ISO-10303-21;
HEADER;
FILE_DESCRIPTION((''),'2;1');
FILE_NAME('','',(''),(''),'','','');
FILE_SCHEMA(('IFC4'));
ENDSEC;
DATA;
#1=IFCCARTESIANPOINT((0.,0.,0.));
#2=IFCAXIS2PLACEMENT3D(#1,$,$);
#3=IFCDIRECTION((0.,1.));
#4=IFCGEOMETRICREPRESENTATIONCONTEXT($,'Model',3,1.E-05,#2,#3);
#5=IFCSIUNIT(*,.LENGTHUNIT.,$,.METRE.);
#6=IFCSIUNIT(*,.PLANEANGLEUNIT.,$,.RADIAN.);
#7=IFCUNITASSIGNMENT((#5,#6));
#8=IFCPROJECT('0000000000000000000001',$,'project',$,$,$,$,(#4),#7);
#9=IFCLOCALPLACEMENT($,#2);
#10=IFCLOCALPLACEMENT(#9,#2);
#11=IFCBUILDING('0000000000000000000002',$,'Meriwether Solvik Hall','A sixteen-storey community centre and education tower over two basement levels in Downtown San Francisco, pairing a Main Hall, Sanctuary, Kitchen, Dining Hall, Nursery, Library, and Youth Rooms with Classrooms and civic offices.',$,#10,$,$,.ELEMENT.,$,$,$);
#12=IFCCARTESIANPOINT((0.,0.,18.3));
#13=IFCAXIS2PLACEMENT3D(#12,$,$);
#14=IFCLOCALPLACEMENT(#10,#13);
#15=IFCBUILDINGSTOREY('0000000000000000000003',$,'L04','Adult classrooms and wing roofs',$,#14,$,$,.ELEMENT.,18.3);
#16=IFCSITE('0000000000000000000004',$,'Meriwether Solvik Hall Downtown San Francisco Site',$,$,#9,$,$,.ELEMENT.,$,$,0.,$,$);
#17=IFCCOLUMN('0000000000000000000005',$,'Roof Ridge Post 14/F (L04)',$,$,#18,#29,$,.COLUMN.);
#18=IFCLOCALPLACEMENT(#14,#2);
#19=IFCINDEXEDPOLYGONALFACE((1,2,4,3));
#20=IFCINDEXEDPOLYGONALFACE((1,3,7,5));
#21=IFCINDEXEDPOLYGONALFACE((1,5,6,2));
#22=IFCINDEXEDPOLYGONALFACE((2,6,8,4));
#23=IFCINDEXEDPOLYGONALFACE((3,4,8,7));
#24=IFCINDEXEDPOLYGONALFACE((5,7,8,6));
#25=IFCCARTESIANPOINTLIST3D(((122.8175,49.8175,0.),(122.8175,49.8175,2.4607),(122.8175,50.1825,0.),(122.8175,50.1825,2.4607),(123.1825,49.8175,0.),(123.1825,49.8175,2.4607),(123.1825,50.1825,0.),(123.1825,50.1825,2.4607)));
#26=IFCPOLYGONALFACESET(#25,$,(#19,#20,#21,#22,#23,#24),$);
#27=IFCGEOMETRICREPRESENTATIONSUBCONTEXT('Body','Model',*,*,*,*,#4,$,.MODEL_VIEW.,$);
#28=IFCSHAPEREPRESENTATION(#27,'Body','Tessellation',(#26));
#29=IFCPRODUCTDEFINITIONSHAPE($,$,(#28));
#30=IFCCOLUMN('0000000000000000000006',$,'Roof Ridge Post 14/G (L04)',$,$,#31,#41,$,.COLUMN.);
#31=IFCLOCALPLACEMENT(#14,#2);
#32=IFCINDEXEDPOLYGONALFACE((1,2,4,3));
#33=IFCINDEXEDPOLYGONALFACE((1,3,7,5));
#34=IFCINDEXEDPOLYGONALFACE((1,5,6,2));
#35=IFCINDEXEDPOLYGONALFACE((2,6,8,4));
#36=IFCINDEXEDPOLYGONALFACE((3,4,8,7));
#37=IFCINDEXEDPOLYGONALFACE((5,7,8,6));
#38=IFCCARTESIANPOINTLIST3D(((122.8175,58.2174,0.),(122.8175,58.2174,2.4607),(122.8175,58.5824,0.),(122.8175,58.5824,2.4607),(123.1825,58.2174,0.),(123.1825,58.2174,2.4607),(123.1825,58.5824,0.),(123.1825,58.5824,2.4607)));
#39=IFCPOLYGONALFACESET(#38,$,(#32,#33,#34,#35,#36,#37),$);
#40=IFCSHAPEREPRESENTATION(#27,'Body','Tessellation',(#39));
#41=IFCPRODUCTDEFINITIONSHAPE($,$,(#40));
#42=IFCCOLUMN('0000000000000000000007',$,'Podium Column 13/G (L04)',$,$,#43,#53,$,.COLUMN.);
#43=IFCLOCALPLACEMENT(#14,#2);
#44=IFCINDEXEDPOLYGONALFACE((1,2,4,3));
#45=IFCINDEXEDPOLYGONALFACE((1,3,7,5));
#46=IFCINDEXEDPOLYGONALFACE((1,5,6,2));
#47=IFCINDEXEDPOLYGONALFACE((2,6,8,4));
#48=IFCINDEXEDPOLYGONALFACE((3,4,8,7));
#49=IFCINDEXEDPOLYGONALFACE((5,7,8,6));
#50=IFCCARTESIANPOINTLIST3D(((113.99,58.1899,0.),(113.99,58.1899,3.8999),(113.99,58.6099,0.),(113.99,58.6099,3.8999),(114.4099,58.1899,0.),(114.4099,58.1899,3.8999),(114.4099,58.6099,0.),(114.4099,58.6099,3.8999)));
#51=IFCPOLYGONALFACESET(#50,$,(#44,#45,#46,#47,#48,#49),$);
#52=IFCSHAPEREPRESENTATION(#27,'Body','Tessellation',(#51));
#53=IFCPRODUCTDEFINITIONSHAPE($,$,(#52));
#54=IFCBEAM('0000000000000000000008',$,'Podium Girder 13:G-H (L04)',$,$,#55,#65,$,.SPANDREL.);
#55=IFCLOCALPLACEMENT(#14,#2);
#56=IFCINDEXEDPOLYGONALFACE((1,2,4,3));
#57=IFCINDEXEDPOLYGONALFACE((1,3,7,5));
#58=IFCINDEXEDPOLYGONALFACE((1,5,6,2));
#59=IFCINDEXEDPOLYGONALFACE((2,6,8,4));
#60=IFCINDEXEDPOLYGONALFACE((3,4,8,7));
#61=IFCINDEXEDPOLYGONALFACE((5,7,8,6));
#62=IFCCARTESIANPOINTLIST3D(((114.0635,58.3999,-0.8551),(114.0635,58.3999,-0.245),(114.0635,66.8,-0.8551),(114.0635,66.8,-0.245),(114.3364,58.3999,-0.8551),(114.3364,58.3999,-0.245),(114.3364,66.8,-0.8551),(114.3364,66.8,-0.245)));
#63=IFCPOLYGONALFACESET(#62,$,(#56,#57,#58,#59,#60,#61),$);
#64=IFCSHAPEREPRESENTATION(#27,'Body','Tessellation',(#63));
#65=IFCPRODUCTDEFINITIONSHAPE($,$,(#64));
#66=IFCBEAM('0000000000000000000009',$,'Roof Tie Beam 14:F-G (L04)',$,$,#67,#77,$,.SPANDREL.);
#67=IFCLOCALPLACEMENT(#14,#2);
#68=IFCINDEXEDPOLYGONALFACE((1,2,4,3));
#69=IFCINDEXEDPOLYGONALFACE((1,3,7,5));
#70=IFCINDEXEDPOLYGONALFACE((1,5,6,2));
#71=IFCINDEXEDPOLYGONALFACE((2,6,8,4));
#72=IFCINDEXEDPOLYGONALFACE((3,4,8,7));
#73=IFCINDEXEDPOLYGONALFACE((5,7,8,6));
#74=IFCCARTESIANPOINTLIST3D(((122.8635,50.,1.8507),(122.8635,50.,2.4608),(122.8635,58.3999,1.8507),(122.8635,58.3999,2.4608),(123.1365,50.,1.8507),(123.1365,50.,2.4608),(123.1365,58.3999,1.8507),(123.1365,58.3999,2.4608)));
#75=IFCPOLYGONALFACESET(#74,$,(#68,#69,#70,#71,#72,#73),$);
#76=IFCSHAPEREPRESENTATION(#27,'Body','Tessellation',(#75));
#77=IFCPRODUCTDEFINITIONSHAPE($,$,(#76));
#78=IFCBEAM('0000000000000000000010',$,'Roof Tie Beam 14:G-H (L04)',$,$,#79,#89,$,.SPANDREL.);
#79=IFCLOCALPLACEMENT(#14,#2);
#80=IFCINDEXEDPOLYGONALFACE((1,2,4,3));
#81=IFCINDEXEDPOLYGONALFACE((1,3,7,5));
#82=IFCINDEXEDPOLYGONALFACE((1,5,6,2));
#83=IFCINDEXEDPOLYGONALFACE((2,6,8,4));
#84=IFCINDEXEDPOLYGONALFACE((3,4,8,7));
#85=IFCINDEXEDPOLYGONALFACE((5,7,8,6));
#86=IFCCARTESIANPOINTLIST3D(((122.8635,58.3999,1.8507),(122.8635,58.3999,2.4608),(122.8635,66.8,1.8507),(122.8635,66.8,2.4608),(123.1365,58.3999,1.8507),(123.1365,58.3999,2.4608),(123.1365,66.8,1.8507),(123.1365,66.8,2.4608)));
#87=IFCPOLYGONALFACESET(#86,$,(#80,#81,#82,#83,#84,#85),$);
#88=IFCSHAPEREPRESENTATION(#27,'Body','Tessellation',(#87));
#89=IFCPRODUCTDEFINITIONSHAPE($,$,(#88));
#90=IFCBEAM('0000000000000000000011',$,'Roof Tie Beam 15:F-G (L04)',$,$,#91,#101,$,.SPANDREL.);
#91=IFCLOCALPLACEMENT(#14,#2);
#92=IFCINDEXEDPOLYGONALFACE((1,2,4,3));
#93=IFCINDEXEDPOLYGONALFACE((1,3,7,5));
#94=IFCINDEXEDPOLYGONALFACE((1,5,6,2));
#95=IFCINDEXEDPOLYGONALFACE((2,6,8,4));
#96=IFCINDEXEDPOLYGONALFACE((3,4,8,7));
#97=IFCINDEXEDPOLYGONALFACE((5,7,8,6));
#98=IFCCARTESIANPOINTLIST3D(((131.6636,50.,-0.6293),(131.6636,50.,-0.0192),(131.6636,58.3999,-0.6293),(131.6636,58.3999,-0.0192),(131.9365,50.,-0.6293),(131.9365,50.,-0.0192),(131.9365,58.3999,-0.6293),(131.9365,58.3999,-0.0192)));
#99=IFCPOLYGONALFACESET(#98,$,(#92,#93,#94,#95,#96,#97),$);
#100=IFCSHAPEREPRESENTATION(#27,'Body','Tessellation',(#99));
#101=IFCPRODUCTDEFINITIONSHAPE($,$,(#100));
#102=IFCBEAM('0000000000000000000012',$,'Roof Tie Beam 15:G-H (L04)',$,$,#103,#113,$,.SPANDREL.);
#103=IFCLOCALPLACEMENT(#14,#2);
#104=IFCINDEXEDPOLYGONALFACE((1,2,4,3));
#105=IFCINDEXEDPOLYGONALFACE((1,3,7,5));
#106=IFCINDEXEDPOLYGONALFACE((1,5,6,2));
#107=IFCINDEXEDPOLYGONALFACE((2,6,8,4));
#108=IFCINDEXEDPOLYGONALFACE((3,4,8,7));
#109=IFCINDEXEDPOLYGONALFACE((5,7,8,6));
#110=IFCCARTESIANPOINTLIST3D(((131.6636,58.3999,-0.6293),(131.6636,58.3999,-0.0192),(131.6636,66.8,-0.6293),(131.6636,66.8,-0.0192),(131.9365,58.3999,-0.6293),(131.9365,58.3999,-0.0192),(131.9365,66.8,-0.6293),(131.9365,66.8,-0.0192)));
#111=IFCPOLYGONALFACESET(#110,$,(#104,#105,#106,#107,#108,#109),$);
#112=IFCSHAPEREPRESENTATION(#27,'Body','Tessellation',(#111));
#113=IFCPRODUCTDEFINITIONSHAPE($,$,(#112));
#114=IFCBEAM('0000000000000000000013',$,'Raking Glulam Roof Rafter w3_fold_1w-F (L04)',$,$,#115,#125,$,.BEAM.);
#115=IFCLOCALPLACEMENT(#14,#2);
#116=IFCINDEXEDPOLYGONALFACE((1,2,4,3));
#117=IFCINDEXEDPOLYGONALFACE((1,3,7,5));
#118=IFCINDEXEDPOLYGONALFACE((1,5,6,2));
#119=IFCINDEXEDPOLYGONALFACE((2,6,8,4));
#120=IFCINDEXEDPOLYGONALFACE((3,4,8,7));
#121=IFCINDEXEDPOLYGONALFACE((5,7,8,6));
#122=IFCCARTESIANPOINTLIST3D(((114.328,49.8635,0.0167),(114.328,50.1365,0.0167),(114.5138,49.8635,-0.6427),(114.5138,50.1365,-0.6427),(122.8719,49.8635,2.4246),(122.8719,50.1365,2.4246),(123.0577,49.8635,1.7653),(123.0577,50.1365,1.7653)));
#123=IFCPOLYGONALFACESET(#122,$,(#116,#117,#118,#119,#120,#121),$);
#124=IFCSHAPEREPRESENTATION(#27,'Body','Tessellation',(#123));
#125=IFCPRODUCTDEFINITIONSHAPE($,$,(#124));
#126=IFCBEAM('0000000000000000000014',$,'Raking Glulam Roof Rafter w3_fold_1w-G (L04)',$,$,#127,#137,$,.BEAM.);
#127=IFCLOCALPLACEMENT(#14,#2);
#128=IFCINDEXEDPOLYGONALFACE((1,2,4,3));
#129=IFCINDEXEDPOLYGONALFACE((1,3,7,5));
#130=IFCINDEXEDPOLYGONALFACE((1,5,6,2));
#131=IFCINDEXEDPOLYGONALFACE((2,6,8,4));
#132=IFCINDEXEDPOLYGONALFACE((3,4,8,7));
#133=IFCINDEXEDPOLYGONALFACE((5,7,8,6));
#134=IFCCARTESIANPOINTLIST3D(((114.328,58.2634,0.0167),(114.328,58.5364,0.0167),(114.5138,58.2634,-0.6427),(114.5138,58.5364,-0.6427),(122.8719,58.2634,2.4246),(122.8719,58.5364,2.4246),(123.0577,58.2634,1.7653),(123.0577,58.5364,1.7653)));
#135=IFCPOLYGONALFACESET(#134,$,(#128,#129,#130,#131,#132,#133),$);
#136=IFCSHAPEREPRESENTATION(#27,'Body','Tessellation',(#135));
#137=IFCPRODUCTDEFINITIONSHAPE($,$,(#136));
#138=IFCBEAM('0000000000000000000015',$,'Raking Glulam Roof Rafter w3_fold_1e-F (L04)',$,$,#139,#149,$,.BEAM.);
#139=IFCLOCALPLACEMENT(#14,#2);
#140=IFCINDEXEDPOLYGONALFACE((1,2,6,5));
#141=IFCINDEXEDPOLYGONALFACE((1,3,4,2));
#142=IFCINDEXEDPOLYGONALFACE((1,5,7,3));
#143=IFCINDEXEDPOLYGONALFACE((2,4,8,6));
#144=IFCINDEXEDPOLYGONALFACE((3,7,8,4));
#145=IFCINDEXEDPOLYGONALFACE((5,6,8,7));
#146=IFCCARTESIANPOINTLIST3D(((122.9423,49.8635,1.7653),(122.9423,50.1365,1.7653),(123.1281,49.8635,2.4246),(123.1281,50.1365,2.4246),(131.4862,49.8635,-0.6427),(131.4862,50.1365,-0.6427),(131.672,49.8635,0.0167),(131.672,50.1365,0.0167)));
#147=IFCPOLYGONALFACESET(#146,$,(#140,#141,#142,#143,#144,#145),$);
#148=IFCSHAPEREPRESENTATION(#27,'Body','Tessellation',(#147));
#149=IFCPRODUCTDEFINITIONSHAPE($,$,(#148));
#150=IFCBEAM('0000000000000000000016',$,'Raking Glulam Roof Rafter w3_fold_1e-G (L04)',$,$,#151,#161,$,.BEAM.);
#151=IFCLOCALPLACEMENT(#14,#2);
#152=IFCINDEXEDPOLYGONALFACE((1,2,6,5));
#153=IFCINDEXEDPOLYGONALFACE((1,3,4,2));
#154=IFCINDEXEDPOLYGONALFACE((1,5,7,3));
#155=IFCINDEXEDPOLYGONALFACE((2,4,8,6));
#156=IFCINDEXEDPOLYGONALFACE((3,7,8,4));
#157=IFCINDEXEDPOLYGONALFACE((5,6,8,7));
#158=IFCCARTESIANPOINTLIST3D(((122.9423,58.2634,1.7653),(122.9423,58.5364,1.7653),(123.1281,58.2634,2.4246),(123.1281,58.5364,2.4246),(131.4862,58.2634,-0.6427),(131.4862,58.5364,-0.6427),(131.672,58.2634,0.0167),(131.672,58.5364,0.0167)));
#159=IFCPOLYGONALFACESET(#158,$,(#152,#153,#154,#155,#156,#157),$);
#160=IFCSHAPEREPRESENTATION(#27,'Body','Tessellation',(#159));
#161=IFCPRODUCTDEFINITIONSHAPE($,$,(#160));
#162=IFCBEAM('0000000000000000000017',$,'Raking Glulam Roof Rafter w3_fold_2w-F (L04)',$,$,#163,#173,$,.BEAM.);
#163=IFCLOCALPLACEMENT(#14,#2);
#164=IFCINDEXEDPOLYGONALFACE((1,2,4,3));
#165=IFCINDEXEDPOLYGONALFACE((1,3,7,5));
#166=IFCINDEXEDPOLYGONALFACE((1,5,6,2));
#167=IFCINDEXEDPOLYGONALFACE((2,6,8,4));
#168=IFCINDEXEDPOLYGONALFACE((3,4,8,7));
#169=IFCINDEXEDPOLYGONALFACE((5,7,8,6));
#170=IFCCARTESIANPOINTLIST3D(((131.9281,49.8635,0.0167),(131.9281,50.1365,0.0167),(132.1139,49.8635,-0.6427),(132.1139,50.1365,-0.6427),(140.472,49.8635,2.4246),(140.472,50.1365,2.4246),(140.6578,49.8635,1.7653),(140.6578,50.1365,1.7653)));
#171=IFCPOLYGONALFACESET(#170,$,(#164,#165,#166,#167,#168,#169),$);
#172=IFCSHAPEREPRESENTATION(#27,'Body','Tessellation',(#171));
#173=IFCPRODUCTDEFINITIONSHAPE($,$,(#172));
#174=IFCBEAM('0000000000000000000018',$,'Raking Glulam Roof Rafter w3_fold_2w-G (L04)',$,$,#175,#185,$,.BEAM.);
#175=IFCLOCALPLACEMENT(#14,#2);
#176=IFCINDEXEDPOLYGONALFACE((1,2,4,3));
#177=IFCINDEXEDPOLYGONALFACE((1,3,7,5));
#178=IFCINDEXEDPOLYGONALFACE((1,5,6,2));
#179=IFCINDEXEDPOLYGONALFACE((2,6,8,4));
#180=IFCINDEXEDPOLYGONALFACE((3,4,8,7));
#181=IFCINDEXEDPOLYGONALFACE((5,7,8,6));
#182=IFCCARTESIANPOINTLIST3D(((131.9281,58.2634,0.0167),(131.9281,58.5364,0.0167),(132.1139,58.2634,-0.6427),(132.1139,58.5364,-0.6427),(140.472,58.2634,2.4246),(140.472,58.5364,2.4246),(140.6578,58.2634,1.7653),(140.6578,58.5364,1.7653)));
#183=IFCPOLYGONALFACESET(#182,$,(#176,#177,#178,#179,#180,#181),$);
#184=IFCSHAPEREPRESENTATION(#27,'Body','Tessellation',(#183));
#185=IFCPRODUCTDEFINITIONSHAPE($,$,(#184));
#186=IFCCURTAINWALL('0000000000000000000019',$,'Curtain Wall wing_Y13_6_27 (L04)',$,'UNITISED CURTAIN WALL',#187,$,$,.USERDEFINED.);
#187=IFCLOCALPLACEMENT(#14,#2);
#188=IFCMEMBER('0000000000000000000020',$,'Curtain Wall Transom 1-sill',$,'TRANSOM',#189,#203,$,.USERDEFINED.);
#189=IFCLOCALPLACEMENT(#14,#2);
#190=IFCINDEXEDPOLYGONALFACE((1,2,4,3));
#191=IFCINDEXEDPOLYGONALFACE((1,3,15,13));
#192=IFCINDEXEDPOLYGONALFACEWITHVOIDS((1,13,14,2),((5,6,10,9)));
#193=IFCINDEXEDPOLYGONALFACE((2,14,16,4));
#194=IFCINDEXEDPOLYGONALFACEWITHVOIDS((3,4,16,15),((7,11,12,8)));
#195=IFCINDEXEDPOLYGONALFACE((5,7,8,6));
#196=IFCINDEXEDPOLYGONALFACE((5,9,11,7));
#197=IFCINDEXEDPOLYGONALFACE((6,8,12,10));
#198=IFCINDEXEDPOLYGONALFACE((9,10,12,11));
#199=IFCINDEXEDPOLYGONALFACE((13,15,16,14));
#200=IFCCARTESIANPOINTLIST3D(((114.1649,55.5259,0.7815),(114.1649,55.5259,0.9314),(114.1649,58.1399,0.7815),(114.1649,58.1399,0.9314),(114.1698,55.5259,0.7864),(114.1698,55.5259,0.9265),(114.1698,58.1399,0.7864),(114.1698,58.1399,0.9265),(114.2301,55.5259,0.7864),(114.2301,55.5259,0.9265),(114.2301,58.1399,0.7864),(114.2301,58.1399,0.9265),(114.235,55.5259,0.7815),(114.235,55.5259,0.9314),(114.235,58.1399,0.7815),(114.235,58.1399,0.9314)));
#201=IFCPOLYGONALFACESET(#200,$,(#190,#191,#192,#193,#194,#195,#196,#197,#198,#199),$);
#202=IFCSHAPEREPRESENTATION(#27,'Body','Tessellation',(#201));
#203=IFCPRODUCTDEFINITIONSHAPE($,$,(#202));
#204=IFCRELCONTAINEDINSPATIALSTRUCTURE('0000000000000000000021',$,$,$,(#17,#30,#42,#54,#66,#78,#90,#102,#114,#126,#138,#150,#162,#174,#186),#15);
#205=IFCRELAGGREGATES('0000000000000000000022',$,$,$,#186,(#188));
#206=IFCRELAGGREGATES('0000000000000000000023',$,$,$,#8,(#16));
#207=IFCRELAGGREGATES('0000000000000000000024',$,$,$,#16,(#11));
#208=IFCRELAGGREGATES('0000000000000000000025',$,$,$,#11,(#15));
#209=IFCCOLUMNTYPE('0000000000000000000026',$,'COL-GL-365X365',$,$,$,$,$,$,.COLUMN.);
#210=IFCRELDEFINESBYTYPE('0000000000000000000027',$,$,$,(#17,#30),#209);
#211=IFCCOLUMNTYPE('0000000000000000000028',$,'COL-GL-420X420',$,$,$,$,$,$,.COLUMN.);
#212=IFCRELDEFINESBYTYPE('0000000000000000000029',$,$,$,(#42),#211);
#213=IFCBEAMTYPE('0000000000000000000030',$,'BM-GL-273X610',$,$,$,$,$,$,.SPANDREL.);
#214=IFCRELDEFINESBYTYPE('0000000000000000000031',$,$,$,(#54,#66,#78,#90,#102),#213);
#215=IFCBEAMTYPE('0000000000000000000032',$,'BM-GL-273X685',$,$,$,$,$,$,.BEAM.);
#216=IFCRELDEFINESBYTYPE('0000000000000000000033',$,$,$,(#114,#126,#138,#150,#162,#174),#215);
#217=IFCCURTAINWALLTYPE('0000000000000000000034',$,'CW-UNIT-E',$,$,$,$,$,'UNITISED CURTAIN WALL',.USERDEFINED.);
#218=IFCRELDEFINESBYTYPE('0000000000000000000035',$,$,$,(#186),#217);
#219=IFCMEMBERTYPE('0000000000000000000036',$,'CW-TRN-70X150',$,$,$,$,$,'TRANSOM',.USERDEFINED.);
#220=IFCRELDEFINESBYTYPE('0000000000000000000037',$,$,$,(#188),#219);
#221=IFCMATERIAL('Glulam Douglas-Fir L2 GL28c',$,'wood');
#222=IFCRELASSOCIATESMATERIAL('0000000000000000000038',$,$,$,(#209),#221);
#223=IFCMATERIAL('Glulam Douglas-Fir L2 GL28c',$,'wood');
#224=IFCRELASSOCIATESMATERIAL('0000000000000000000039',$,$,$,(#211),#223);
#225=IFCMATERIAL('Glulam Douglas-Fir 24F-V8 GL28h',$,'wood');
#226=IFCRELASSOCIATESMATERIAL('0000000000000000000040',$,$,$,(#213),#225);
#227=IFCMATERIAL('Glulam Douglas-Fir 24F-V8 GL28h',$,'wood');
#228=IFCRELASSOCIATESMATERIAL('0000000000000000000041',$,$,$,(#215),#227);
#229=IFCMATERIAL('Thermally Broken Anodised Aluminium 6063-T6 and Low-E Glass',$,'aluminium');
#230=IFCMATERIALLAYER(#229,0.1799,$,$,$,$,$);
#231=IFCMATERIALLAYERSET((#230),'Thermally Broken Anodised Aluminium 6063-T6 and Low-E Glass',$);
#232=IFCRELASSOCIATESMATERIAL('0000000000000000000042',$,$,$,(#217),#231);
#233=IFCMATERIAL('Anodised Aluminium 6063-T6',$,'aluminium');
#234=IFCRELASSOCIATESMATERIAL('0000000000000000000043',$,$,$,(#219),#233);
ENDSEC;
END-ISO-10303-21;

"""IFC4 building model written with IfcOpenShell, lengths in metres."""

from ifc_helpers import new_model, si_unit, direction, frame, origin, origin_2d, place, context, subcontext, project, spatial, rectangle, hollow_rectangle, extrude, material, layer, layer_set, material_profile, profile_set, type_object, element, aggregate, save


model = new_model("IFC4")

# Units and contexts
model_context = context("Model", 3, precision=1e-05, world=origin(), true_north=direction((0.0, 1.0)))
body_context = subcontext(model_context, "Body", "Model", "MODEL_VIEW")
ifc_project = project(units=[si_unit("LENGTHUNIT", "METRE"), si_unit("PLANEANGLEUNIT", "RADIAN")], contexts=[model_context])

# Site, building, storey
site_placement = place(None, origin())
site = spatial("IfcSite", under=ifc_project, at=site_placement, Name="Meriwether Solvik Hall Downtown San Francisco Site", CompositionType="ELEMENT", RefElevation=0.0)
building_placement = place(site_placement, origin())
building = spatial("IfcBuilding", under=site, at=building_placement, Name="Meriwether Solvik Hall", Description="A sixteen-storey community centre and education tower over two basement levels in Downtown San Francisco, pairing a Main Hall, Sanctuary, Kitchen, Dining Hall, Nursery, Library, and Youth Rooms with Classrooms and civic offices.", CompositionType="ELEMENT")
storey_placement = place(building_placement, frame((0.0, 0.0, 18.3)))
storey = spatial("IfcBuildingStorey", under=building, at=storey_placement, Name="L04", Description="Adult classrooms and wing roofs", CompositionType="ELEMENT", Elevation=18.3)

# Columns
ifc_material_1 = material(Name="Glulam Douglas-Fir L2 GL28c", Category="wood")
ifc_material_profile_1 = material_profile(ifc_material_1, rectangle(XDim=0.365, YDim=0.365, at=origin_2d()), Name="GLC-365X365")
ifc_profile_set_1 = profile_set([ifc_material_profile_1], Name="Glulam Douglas-Fir L2 GL28c")
column_type_1 = type_object("IfcColumnType", Name="COL-GL-365X365", PredefinedType="COLUMN", material=ifc_profile_set_1)
for number, where, z_axis, x_axis, name in (
    (1, (123.0, 50.0, 0.0), (0.0, 0.0, 1.0), (1.0, 0.0, 0.0), "Roof Ridge Post 14/F (L04)"),
    (2, (123.0, 58.3999, 0.0), (0.0, 0.0, 1.0), (1.0, 0.0, 0.0), "Roof Ridge Post 14/G (L04)"),
):
    element("IfcColumn", number, at=place(storey_placement, frame(where, z_axis=z_axis, x_axis=x_axis)), inside=storey, type_object=column_type_1, Name=name, PredefinedType="COLUMN", context=body_context, shape_type="SweptSolid", body=[
        extrude(rectangle(XDim=0.365, YDim=0.365, at=origin_2d()), origin(), (0.0, 0.0, 1.0), 2.4607),
    ])
ifc_material_2 = material(Name="Glulam Douglas-Fir L2 GL28c", Category="wood")
ifc_material_profile_2 = material_profile(ifc_material_2, rectangle(XDim=0.4199, YDim=0.4199, at=origin_2d()), Name="GLC-420X420")
ifc_profile_set_2 = profile_set([ifc_material_profile_2], Name="Glulam Douglas-Fir L2 GL28c")
column_type_2 = type_object("IfcColumnType", Name="COL-GL-420X420", PredefinedType="COLUMN", material=ifc_profile_set_2)
column_placement = place(storey_placement, frame((114.2, 58.3999, 0.0), z_axis=(0.0, 0.0, 1.0), x_axis=(1.0, 0.0, 0.0)))
element("IfcColumn", 3, at=column_placement, inside=storey, type_object=column_type_2, Name="Podium Column 13/G (L04)", PredefinedType="COLUMN", context=body_context, shape_type="SweptSolid", body=[
    extrude(rectangle(XDim=0.4199, YDim=0.4199, at=origin_2d()), origin(), (0.0, 0.0, 1.0), 3.8999),
])

# Beams
ifc_material_3 = material(Name="Glulam Douglas-Fir 24F-V8 GL28h", Category="wood")
ifc_material_profile_3 = material_profile(ifc_material_3, rectangle(XDim=0.2729, YDim=0.6101, at=origin_2d()), Name="GLB-273X610")
ifc_profile_set_3 = profile_set([ifc_material_profile_3], Name="Glulam Douglas-Fir 24F-V8 GL28h")
beam_type_1 = type_object("IfcBeamType", Name="BM-GL-273X610", PredefinedType="SPANDREL", material=ifc_profile_set_3)
beam_1_placement = place(storey_placement, frame((114.2, 58.3999, -0.55), z_axis=(0.0, 1.0, 0.0), x_axis=(-1.0, 0.0, 0.0)))
element("IfcBeam", 4, at=beam_1_placement, inside=storey, type_object=beam_type_1, Name="Podium Girder 13:G-H (L04)", PredefinedType="SPANDREL", context=body_context, shape_type="SweptSolid", body=[
    extrude(rectangle(XDim=0.2729, YDim=0.6101, at=origin_2d()), origin(), (0.0, 0.0, 1.0), 8.4001),
])
beam_2_placement = place(storey_placement, frame((123.0, 50.0, 2.1558), z_axis=(0.0, 1.0, 0.0), x_axis=(-1.0, 0.0, 0.0)))
element("IfcBeam", 5, at=beam_2_placement, inside=storey, type_object=beam_type_1, Name="Roof Tie Beam 14:F-G (L04)", PredefinedType="SPANDREL", context=body_context, shape_type="SweptSolid", body=[
    extrude(rectangle(XDim=0.2729, YDim=0.6101, at=origin_2d()), origin(), (0.0, 0.0, 1.0), 8.3999),
])
beam_3_placement = place(storey_placement, frame((123.0, 58.3999, 2.1558), z_axis=(0.0, 1.0, 0.0), x_axis=(-1.0, 0.0, 0.0)))
element("IfcBeam", 6, at=beam_3_placement, inside=storey, type_object=beam_type_1, Name="Roof Tie Beam 14:G-H (L04)", PredefinedType="SPANDREL", context=body_context, shape_type="SweptSolid", body=[
    extrude(rectangle(XDim=0.2729, YDim=0.6101, at=origin_2d()), origin(), (0.0, 0.0, 1.0), 8.4001),
])
beam_4_placement = place(storey_placement, frame((131.8, 50.0, -0.3242), z_axis=(0.0, 1.0, 0.0), x_axis=(-1.0, 0.0, 0.0)))
element("IfcBeam", 7, at=beam_4_placement, inside=storey, type_object=beam_type_1, Name="Roof Tie Beam 15:F-G (L04)", PredefinedType="SPANDREL", context=body_context, shape_type="SweptSolid", body=[
    extrude(rectangle(XDim=0.2729, YDim=0.6101, at=origin_2d()), origin(), (0.0, 0.0, 1.0), 8.3999),
])
beam_5_placement = place(storey_placement, frame((131.8, 58.3999, -0.3242), z_axis=(0.0, 1.0, 0.0), x_axis=(-1.0, 0.0, 0.0)))
element("IfcBeam", 8, at=beam_5_placement, inside=storey, type_object=beam_type_1, Name="Roof Tie Beam 15:G-H (L04)", PredefinedType="SPANDREL", context=body_context, shape_type="SweptSolid", body=[
    extrude(rectangle(XDim=0.2729, YDim=0.6101, at=origin_2d()), origin(), (0.0, 0.0, 1.0), 8.4001),
])
ifc_material_4 = material(Name="Glulam Douglas-Fir 24F-V8 GL28h", Category="wood")
ifc_material_profile_4 = material_profile(ifc_material_4, rectangle(XDim=0.2729, YDim=0.6851, at=origin_2d()), Name="GLB-273X685")
ifc_profile_set_4 = profile_set([ifc_material_profile_4], Name="Glulam Douglas-Fir 24F-V8 GL28h")
beam_type_2 = type_object("IfcBeamType", Name="BM-GL-273X685", PredefinedType="BEAM", material=ifc_profile_set_4)
for number, where, z_axis, x_axis, name in (
    (9, (114.4209, 50.0, -0.313), (0.962505, 0.0, 0.271265), (0.0, 1.0, 0.0), "Raking Glulam Roof Rafter w3_fold_1w-F (L04)"),
    (10, (114.4209, 58.3999, -0.313), (0.962505, 0.0, 0.271265), (0.0, 1.0, 0.0), "Raking Glulam Roof Rafter w3_fold_1w-G (L04)"),
    (11, (131.5791, 50.0, -0.313), (-0.962505, 0.0, 0.271265), (0.0, -1.0, 0.0), "Raking Glulam Roof Rafter w3_fold_1e-F (L04)"),
    (12, (131.5791, 58.3999, -0.313), (-0.962505, 0.0, 0.271265), (0.0, -1.0, 0.0), "Raking Glulam Roof Rafter w3_fold_1e-G (L04)"),
    (13, (132.021, 50.0, -0.313), (0.962505, 0.0, 0.271265), (0.0, 1.0, 0.0), "Raking Glulam Roof Rafter w3_fold_2w-F (L04)"),
    (14, (132.021, 58.3999, -0.313), (0.962505, 0.0, 0.271265), (0.0, 1.0, 0.0), "Raking Glulam Roof Rafter w3_fold_2w-G (L04)"),
):
    element("IfcBeam", number, at=place(storey_placement, frame(where, z_axis=z_axis, x_axis=x_axis)), inside=storey, type_object=beam_type_2, Name=name, PredefinedType="BEAM", context=body_context, shape_type="SweptSolid", body=[
        extrude(rectangle(XDim=0.2729, YDim=0.6851, at=origin_2d()), origin(), (0.0, 0.0, 1.0), 8.8767),
    ])

# Curtain wall, member
ifc_material_5 = material(Name="Thermally Broken Anodised Aluminium 6063-T6 and Low-E Glass", Category="aluminium")
ifc_layer_1 = layer(ifc_material_5, 0.1799)
ifc_layer_set_1 = layer_set([ifc_layer_1], Name="Thermally Broken Anodised Aluminium 6063-T6 and Low-E Glass")
curtain_wall_type = type_object("IfcCurtainWallType", Name="CW-UNIT-E", ElementType="UNITISED CURTAIN WALL", PredefinedType="USERDEFINED", material=ifc_layer_set_1)
curtain_wall_placement = place(storey_placement, origin())
curtain_wall = element("IfcCurtainWall", 15, at=curtain_wall_placement, inside=storey, type_object=curtain_wall_type, Name="Curtain Wall wing_Y13_6_27 (L04)", ObjectType="UNITISED CURTAIN WALL", PredefinedType="USERDEFINED")
ifc_material_6 = material(Name="Anodised Aluminium 6063-T6", Category="aluminium")
ifc_material_profile_5 = material_profile(ifc_material_6, hollow_rectangle(XDim=0.0701, YDim=0.1499, WallThickness=0.0049, at=origin_2d()), Name="CWT-70X150")
ifc_profile_set_5 = profile_set([ifc_material_profile_5], Name="Anodised Aluminium 6063-T6")
member_type_1 = type_object("IfcMemberType", Name="CW-TRN-70X150", ElementType="TRANSOM", PredefinedType="USERDEFINED", material=ifc_profile_set_5)
member_1_placement = place(storey_placement, frame((114.2, 58.1399, 0.8564), z_axis=(0.0, -1.0, 0.0), x_axis=(1.0, 0.0, 0.0)))
member_1 = element("IfcMember", 16, at=member_1_placement, type_object=member_type_1, Name="Curtain Wall Transom 1-sill", ObjectType="TRANSOM", PredefinedType="USERDEFINED", context=body_context, shape_type="SweptSolid", body=[
    extrude(hollow_rectangle(XDim=0.0701, YDim=0.1499, WallThickness=0.0049, at=origin_2d()), origin(), (0.0, 0.0, 1.0), 2.614),
])
aggregate(curtain_wall, [member_1])

save(model, "model.ifc")
